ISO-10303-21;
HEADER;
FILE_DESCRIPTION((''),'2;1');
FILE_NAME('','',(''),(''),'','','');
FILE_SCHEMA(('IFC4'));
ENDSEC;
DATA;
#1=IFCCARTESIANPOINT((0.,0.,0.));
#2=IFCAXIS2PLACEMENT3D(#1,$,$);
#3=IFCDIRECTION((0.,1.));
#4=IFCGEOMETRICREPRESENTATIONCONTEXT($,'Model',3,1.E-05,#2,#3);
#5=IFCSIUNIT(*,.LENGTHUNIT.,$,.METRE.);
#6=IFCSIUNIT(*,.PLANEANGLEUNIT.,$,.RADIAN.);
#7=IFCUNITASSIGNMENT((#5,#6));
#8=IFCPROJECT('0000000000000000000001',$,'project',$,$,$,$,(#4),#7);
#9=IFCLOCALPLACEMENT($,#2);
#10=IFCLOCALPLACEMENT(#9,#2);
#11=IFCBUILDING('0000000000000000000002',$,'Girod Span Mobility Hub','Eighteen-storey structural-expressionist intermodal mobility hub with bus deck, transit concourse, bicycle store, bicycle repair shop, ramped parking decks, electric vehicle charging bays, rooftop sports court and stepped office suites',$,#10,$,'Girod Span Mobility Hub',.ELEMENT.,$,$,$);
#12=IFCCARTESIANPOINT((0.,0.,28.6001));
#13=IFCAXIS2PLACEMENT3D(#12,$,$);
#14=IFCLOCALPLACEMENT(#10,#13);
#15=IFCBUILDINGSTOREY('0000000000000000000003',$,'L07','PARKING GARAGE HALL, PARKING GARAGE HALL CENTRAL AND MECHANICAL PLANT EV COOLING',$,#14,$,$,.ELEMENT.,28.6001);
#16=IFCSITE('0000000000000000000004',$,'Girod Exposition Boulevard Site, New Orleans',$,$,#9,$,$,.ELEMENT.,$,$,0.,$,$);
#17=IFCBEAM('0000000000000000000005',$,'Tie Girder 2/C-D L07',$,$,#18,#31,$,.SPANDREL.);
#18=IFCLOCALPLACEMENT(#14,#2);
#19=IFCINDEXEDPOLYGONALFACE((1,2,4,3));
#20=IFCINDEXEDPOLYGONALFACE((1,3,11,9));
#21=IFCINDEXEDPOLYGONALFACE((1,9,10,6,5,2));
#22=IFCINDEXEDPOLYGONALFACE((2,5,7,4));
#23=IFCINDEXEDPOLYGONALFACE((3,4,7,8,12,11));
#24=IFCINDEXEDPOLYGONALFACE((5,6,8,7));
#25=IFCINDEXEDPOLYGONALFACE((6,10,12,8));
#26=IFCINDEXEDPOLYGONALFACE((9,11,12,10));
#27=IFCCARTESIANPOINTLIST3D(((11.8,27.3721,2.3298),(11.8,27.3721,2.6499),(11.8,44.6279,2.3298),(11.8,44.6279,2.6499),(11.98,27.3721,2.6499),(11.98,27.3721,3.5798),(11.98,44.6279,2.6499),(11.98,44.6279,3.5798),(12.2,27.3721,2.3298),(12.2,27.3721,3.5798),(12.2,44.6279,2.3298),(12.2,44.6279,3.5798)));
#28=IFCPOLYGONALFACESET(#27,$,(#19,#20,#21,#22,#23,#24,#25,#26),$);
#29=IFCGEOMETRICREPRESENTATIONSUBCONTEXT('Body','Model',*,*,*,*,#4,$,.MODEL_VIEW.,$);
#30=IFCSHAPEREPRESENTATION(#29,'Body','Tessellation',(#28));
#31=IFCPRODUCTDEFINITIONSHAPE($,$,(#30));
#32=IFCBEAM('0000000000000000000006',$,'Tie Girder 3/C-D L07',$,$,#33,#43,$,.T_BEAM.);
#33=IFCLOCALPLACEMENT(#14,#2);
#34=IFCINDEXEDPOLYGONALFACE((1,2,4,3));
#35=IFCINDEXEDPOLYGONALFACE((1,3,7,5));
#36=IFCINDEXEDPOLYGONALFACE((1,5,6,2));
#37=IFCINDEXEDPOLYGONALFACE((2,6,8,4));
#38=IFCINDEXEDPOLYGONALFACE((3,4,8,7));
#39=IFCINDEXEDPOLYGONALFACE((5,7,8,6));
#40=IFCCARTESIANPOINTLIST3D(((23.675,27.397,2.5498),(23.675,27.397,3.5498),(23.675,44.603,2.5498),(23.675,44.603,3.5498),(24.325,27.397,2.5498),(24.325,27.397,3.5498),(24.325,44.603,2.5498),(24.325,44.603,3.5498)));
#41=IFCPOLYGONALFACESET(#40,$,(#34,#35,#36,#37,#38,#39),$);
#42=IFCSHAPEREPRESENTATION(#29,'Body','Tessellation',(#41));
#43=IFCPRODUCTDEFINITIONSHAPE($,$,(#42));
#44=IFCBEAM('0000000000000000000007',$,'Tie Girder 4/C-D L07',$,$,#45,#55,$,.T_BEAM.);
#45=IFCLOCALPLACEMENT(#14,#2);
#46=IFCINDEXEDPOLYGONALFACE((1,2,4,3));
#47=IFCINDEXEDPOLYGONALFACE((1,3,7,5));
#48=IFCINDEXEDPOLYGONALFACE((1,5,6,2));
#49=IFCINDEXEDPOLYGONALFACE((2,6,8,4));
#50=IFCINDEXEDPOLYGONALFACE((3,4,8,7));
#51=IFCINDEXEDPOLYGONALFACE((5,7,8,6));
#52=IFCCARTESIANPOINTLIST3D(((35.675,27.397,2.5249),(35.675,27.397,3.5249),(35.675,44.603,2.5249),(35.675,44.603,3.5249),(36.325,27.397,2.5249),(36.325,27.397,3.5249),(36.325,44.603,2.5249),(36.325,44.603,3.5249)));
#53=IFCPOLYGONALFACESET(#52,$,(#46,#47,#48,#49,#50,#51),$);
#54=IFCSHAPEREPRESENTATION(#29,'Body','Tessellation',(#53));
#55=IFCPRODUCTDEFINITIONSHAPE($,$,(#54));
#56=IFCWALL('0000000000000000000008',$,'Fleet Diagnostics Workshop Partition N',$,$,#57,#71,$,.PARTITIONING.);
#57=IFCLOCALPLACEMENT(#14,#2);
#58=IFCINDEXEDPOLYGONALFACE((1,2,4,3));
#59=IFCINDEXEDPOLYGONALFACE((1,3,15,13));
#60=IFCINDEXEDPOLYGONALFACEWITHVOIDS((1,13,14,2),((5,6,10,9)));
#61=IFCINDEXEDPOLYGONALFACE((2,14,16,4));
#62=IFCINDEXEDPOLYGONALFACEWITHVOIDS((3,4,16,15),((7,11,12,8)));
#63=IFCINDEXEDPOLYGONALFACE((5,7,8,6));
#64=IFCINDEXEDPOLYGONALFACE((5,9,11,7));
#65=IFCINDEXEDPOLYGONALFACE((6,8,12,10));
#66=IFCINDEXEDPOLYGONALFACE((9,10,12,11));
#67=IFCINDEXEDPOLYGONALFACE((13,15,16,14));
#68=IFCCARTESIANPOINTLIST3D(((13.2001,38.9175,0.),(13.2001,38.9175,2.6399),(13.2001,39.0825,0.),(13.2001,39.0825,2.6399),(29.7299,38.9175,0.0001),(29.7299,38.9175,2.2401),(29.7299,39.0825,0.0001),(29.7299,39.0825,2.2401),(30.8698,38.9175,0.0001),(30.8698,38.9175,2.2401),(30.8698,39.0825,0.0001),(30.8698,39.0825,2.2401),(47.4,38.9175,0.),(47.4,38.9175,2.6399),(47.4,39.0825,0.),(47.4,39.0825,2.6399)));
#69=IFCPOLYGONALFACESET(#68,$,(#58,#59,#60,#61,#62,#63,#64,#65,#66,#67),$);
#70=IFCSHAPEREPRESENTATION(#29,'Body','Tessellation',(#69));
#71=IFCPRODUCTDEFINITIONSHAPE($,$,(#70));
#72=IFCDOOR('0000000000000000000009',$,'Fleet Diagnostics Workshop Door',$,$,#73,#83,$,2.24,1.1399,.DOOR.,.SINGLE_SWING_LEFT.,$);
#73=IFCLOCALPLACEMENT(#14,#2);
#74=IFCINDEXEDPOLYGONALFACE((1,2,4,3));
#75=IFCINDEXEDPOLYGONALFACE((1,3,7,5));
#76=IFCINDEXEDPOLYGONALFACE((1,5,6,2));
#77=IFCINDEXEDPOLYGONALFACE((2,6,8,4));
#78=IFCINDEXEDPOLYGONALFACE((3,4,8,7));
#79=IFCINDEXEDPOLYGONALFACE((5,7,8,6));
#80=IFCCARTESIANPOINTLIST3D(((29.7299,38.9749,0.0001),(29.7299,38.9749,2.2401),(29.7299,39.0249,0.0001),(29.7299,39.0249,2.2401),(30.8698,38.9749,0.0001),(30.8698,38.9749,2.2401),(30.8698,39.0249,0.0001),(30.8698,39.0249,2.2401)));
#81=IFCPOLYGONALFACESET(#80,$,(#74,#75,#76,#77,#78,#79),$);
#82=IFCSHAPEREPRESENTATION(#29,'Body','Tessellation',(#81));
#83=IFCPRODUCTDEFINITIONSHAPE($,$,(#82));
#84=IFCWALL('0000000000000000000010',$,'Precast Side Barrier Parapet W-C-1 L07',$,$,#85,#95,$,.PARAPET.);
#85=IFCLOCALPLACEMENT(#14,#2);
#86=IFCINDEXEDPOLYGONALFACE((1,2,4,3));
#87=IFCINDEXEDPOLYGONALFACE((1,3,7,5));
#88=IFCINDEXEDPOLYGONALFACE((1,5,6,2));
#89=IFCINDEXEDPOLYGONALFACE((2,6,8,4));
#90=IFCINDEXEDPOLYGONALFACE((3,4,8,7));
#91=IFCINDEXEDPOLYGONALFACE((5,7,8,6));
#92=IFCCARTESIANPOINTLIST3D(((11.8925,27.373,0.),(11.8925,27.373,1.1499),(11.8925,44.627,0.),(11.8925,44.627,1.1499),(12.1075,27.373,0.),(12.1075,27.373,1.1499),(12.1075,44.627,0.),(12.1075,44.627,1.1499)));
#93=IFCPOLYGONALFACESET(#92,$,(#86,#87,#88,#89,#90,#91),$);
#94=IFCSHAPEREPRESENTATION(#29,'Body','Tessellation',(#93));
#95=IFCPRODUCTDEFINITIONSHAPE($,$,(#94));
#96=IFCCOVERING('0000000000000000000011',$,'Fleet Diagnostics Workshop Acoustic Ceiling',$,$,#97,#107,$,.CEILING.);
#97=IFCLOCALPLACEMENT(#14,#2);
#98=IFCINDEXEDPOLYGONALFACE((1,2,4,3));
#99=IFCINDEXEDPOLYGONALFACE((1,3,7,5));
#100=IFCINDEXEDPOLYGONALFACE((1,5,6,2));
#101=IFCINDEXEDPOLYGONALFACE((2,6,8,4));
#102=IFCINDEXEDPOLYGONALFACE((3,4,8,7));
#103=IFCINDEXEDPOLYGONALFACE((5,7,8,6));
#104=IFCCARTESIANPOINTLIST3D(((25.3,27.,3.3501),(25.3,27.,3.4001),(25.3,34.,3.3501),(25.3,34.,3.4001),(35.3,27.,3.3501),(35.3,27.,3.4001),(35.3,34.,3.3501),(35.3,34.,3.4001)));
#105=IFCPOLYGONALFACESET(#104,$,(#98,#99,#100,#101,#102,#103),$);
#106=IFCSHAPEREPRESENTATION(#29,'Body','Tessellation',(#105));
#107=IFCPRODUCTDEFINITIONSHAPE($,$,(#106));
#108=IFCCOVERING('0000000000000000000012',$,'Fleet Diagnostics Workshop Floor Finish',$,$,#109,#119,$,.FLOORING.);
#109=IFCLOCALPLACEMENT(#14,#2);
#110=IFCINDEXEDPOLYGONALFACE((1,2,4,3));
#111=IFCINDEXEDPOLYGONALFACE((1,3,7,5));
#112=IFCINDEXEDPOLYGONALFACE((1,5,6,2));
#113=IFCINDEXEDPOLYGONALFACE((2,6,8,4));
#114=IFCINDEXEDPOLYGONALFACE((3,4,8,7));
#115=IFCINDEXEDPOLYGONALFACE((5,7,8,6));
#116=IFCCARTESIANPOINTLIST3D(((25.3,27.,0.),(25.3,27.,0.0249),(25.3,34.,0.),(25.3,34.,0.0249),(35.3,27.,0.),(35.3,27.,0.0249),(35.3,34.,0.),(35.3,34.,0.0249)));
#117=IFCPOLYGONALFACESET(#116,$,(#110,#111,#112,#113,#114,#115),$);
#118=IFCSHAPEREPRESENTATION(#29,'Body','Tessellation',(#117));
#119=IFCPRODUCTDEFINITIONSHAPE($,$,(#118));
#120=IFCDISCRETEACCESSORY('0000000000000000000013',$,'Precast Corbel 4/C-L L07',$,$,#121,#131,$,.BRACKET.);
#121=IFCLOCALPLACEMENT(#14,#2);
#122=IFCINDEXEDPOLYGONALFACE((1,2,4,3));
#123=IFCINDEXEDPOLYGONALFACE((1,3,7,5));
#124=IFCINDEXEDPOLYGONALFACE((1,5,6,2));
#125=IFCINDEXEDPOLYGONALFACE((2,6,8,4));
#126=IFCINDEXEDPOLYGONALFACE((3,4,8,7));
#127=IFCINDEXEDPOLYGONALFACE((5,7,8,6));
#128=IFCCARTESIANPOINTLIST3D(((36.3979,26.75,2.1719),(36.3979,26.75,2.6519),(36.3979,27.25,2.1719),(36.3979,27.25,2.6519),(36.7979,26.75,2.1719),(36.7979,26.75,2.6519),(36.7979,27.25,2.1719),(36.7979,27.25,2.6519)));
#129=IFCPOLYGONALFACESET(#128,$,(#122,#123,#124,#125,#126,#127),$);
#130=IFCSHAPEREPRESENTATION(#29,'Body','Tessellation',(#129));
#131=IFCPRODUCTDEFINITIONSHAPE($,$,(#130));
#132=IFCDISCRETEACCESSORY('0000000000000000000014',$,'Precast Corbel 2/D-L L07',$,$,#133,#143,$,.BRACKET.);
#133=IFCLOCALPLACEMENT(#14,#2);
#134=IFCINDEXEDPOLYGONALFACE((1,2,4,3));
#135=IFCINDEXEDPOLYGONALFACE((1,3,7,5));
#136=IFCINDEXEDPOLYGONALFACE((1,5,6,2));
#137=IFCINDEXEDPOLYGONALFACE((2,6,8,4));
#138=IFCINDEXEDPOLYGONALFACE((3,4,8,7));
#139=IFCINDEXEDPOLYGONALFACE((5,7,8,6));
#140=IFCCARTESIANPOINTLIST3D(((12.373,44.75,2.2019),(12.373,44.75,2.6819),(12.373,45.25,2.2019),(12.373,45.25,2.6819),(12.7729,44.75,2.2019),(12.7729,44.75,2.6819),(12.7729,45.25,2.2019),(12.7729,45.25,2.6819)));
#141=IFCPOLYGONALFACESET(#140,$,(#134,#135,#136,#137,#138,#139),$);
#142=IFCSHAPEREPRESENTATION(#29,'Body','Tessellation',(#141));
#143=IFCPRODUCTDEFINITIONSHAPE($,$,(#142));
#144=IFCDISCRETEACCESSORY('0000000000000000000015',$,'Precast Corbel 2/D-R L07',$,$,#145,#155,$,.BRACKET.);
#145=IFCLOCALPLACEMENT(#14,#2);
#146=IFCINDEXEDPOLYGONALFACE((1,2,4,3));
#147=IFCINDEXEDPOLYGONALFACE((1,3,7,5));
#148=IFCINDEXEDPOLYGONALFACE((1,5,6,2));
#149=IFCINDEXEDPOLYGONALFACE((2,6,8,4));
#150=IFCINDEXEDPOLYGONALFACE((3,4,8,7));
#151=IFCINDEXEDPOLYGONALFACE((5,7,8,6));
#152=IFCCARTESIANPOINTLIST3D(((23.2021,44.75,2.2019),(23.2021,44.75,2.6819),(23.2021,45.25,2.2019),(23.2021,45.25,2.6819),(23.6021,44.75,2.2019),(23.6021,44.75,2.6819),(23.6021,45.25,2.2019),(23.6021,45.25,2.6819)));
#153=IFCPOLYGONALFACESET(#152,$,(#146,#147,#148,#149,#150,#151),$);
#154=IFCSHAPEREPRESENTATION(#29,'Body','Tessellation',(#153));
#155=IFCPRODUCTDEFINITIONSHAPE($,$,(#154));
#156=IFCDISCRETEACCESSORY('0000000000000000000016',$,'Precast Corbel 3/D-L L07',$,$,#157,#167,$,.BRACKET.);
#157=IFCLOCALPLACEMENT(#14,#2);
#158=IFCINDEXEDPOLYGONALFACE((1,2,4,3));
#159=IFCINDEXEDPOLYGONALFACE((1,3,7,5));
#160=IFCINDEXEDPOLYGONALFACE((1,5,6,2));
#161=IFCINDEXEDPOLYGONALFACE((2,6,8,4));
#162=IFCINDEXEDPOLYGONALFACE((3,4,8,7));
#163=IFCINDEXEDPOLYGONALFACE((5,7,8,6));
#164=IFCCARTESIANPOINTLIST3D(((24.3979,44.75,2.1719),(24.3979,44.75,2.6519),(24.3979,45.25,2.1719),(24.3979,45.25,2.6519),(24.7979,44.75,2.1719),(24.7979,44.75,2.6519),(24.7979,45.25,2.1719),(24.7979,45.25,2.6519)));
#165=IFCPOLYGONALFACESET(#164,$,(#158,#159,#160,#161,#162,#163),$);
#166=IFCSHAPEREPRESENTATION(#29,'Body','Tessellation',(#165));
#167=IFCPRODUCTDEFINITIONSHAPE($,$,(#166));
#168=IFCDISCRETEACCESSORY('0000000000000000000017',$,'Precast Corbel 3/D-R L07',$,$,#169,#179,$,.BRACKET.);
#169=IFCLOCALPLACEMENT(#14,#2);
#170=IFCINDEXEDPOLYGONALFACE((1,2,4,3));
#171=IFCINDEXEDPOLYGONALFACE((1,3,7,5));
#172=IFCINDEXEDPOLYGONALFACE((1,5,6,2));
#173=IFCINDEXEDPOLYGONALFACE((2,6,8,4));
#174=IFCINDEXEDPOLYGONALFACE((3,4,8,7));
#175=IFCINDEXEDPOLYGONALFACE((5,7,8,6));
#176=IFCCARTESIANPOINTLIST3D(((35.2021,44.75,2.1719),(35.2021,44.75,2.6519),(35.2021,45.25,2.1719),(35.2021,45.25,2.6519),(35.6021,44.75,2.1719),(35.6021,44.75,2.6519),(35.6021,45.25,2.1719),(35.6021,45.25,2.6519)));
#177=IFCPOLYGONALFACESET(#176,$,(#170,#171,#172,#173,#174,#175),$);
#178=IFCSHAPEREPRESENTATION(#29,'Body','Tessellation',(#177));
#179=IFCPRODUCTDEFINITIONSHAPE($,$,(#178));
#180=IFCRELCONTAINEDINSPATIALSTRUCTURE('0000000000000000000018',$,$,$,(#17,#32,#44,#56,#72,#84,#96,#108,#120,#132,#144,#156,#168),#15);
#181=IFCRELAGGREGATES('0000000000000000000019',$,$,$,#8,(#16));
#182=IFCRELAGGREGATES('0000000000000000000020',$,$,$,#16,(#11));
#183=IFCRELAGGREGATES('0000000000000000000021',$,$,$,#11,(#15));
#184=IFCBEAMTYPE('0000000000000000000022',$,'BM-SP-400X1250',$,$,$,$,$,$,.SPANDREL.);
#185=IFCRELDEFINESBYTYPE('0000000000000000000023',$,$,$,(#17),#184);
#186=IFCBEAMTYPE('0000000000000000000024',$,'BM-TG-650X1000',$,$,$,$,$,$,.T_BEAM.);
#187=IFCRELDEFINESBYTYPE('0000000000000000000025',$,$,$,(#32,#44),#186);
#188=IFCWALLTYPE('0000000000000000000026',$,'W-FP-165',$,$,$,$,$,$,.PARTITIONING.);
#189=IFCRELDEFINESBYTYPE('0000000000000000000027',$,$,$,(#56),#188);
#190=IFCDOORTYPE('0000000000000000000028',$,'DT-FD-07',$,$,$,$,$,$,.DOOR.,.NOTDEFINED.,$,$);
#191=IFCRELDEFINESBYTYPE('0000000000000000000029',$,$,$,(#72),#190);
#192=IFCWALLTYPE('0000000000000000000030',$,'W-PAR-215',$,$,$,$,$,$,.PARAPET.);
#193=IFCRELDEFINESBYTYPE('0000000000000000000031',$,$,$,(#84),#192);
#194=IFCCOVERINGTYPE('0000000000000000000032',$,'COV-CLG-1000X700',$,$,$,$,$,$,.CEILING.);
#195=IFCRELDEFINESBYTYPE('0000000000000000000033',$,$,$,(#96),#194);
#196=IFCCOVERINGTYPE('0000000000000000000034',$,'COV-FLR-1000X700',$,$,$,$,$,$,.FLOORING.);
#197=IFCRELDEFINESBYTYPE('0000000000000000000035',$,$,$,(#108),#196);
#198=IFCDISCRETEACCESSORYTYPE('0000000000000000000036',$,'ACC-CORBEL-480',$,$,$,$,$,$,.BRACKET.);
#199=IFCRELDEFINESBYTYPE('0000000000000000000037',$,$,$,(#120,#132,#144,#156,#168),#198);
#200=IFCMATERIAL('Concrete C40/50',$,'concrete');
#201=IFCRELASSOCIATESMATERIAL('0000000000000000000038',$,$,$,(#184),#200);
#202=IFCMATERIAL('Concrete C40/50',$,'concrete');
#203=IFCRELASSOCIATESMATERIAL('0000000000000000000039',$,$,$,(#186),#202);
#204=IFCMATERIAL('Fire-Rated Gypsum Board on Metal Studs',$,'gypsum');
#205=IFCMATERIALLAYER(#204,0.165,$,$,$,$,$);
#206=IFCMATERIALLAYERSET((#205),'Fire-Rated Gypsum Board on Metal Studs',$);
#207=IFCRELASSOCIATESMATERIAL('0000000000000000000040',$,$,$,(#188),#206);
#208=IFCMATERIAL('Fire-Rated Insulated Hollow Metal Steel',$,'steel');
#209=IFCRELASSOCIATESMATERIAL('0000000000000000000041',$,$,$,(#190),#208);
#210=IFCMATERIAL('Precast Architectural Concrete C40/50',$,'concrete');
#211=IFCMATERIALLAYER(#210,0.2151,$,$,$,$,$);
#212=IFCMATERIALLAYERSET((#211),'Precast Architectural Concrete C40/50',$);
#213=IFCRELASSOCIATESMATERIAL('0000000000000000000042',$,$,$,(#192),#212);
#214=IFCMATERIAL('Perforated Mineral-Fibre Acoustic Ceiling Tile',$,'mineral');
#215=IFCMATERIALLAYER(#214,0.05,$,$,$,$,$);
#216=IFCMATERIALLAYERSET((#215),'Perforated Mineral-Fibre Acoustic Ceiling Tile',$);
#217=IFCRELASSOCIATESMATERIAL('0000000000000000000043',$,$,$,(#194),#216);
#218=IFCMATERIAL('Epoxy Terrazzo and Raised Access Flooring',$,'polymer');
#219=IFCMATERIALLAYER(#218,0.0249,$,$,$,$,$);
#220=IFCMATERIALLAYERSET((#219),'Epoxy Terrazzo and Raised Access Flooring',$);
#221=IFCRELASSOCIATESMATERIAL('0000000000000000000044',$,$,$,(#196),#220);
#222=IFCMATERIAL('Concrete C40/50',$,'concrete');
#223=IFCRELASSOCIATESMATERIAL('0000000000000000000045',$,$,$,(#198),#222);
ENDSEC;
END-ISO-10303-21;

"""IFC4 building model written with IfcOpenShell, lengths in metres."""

from ifc_helpers import new_model, si_unit, direction, frame, frame_2d, origin, origin_2d, place, context, subcontext, project, spatial, polyline, rectangle, outline, extrude, material, layer, layer_set, material_profile, profile_set, type_object, element, fill, save


model = new_model("IFC4")

# Units and contexts
model_context = context("Model", 3, precision=1e-05, world=origin(), true_north=direction((0.0, 1.0)))
body_context = subcontext(model_context, "Body", "Model", "MODEL_VIEW")
ifc_project = project(units=[si_unit("LENGTHUNIT", "METRE"), si_unit("PLANEANGLEUNIT", "RADIAN")], contexts=[model_context])

# Site, building, storey
site_placement = place(None, origin())
site = spatial("IfcSite", under=ifc_project, at=site_placement, Name="Girod Exposition Boulevard Site, New Orleans", CompositionType="ELEMENT", RefElevation=0.0)
building_placement = place(site_placement, origin())
building = spatial("IfcBuilding", under=site, at=building_placement, Name="Girod Span Mobility Hub", Description="Eighteen-storey structural-expressionist intermodal mobility hub with bus deck, transit concourse, bicycle store, bicycle repair shop, ramped parking decks, electric vehicle charging bays, rooftop sports court and stepped office suites", LongName="Girod Span Mobility Hub", CompositionType="ELEMENT")
storey_placement = place(building_placement, frame((0.0, 0.0, 28.6001)))
storey = spatial("IfcBuildingStorey", under=building, at=storey_placement, Name="L07", Description="PARKING GARAGE HALL, PARKING GARAGE HALL CENTRAL AND MECHANICAL PLANT EV COOLING", CompositionType="ELEMENT", Elevation=28.6001)

# Beams
ifc_material_1 = material(Name="Concrete C40/50", Category="concrete")
ifc_material_profile_1 = material_profile(ifc_material_1, outline(polyline([(-0.2, -0.625), (0.2, -0.625), (0.2, -0.3049), (0.02, -0.3049), (0.02, 0.625), (-0.2, 0.625), (-0.2, -0.625)])), Name="SP-400X1250")
ifc_profile_set_1 = profile_set([ifc_material_profile_1], Name="Concrete C40/50")
beam_type_1 = type_object("IfcBeamType", Name="BM-SP-400X1250", PredefinedType="SPANDREL", material=ifc_profile_set_1)
beam_1_placement = place(storey_placement, frame((12.0, 27.3721, 2.9548), z_axis=(0.0, 1.0, 0.0), x_axis=(-1.0, 0.0, 0.0)))
element("IfcBeam", 1, at=beam_1_placement, inside=storey, type_object=beam_type_1, Name="Tie Girder 2/C-D L07", PredefinedType="SPANDREL", context=body_context, shape_type="SweptSolid", body=[
    extrude(outline(polyline([(-0.2, -0.625), (0.2, -0.625), (0.2, -0.3049), (0.02, -0.3049), (0.02, 0.625), (-0.2, 0.625), (-0.2, -0.625)])), origin(), (0.0, 0.0, 1.0), 17.2559),
])
ifc_material_2 = material(Name="Concrete C40/50", Category="concrete")
ifc_material_profile_2 = material_profile(ifc_material_2, rectangle(XDim=0.6499, YDim=1.0, at=origin_2d()), Name="TG-650X1000")
ifc_profile_set_2 = profile_set([ifc_material_profile_2], Name="Concrete C40/50")
beam_type_2 = type_object("IfcBeamType", Name="BM-TG-650X1000", PredefinedType="T_BEAM", material=ifc_profile_set_2)
for number, where, z_axis, x_axis, name in (
    (2, (24.0, 27.397, 3.0498), (0.0, 1.0, 0.0), (-1.0, 0.0, 0.0), "Tie Girder 3/C-D L07"),
    (3, (36.0, 27.397, 3.0249), (0.0, 1.0, 0.0), (-1.0, 0.0, 0.0), "Tie Girder 4/C-D L07"),
):
    element("IfcBeam", number, at=place(storey_placement, frame(where, z_axis=z_axis, x_axis=x_axis)), inside=storey, type_object=beam_type_2, Name=name, PredefinedType="T_BEAM", context=body_context, shape_type="SweptSolid", body=[
        extrude(rectangle(XDim=0.6499, YDim=1.0, at=origin_2d()), origin(), (0.0, 0.0, 1.0), 17.2061),
    ])

# Wall, opening, door
ifc_material_3 = material(Name="Fire-Rated Gypsum Board on Metal Studs", Category="gypsum")
ifc_layer_1 = layer(ifc_material_3, 0.165)
ifc_layer_set_1 = layer_set([ifc_layer_1], Name="Fire-Rated Gypsum Board on Metal Studs")
wall_type_1 = type_object("IfcWallType", Name="W-FP-165", PredefinedType="PARTITIONING", material=ifc_layer_set_1)
wall_1_placement = place(storey_placement, frame((13.2, 39.0, 0.0), z_axis=(0.0, 0.0, 1.0), x_axis=(1.0, 0.0, 0.0)))
wall_1 = element("IfcWall", 4, at=wall_1_placement, inside=storey, type_object=wall_type_1, Name="Fleet Diagnostics Workshop Partition N", PredefinedType="PARTITIONING", context=body_context, shape_type="SweptSolid", body=[
    extrude(rectangle(XDim=34.2, YDim=0.165, at=frame_2d((17.1001, 0.0))), origin(), (0.0, 0.0, 1.0), 2.6399),
])
opening_placement = place(wall_1_placement, frame((16.53, 0.0, 0.0)))
opening = element("IfcOpeningElement", 5, at=opening_placement, cuts=wall_1, PredefinedType="OPENING", context=body_context, shape_type="SweptSolid", body=[
    extrude(rectangle(XDim=1.1399, YDim=2.24, at=frame_2d((0.5698, 1.1201))), frame((0.0, 0.0974, 0.0), z_axis=(0.0, -1.0, 0.0), x_axis=(1.0, 0.0, 0.0)), (0.0, 0.0, 1.0), 0.1951),
])
ifc_material_4 = material(Name="Fire-Rated Insulated Hollow Metal Steel", Category="steel")
door_type = type_object("IfcDoorType", Name="DT-FD-07", OperationType="NOTDEFINED", PredefinedType="DOOR", material=ifc_material_4)
door_placement = place(opening_placement, origin())
door = element("IfcDoor", 6, at=door_placement, inside=storey, type_object=door_type, Name="Fleet Diagnostics Workshop Door", OperationType="SINGLE_SWING_LEFT", OverallHeight=2.24, OverallWidth=1.1399, PredefinedType="DOOR", context=body_context, shape_type="SweptSolid", body=[
    extrude(rectangle(XDim=1.1399, YDim=2.24, at=frame_2d((0.5698, 1.1201))), frame((0.0, 0.0249, 0.0), z_axis=(0.0, -1.0, 0.0), x_axis=(1.0, 0.0, 0.0)), (0.0, 0.0, 1.0), 0.05),
])
fill(opening, door)

# Wall
ifc_material_5 = material(Name="Precast Architectural Concrete C40/50", Category="concrete")
ifc_layer_2 = layer(ifc_material_5, 0.2151)
ifc_layer_set_2 = layer_set([ifc_layer_2], Name="Precast Architectural Concrete C40/50")
wall_type_2 = type_object("IfcWallType", Name="W-PAR-215", PredefinedType="PARAPET", material=ifc_layer_set_2)
wall_2_placement = place(storey_placement, frame((12.0, 27.373, 0.0), z_axis=(0.0, 0.0, 1.0), x_axis=(0.0, 1.0, 0.0)))
element("IfcWall", 7, at=wall_2_placement, inside=storey, type_object=wall_type_2, Name="Precast Side Barrier Parapet W-C-1 L07", PredefinedType="PARAPET", context=body_context, shape_type="SweptSolid", body=[
    extrude(rectangle(XDim=17.2539, YDim=0.2151, at=frame_2d((8.627, 0.0))), origin(), (0.0, 0.0, 1.0), 1.1499),
])

# Coverings
ifc_material_6 = material(Name="Perforated Mineral-Fibre Acoustic Ceiling Tile", Category="mineral")
ifc_layer_3 = layer(ifc_material_6, 0.05)
ifc_layer_set_3 = layer_set([ifc_layer_3], Name="Perforated Mineral-Fibre Acoustic Ceiling Tile")
covering_type_1 = type_object("IfcCoveringType", Name="COV-CLG-1000X700", PredefinedType="CEILING", material=ifc_layer_set_3)
covering_1_placement = place(storey_placement, frame((30.3, 30.5, 3.3501), z_axis=(0.0, 0.0, 1.0), x_axis=(1.0, 0.0, 0.0)))
element("IfcCovering", 8, at=covering_1_placement, inside=storey, type_object=covering_type_1, Name="Fleet Diagnostics Workshop Acoustic Ceiling", PredefinedType="CEILING", context=body_context, shape_type="SweptSolid", body=[
    extrude(rectangle(XDim=10.0, YDim=7.0, at=origin_2d()), origin(), (0.0, 0.0, 1.0), 0.05),
])
ifc_material_7 = material(Name="Epoxy Terrazzo and Raised Access Flooring", Category="polymer")
ifc_layer_4 = layer(ifc_material_7, 0.0249)
ifc_layer_set_4 = layer_set([ifc_layer_4], Name="Epoxy Terrazzo and Raised Access Flooring")
covering_type_2 = type_object("IfcCoveringType", Name="COV-FLR-1000X700", PredefinedType="FLOORING", material=ifc_layer_set_4)
covering_2_placement = place(storey_placement, frame((30.3, 30.5, 0.0), z_axis=(0.0, 0.0, 1.0), x_axis=(1.0, 0.0, 0.0)))
element("IfcCovering", 9, at=covering_2_placement, inside=storey, type_object=covering_type_2, Name="Fleet Diagnostics Workshop Floor Finish", PredefinedType="FLOORING", context=body_context, shape_type="SweptSolid", body=[
    extrude(rectangle(XDim=10.0, YDim=7.0, at=origin_2d()), origin(), (0.0, 0.0, 1.0), 0.0249),
])

# Discrete accessories
ifc_material_8 = material(Name="Concrete C40/50", Category="concrete")
discrete_accessory_type = type_object("IfcDiscreteAccessoryType", Name="ACC-CORBEL-480", PredefinedType="BRACKET", material=ifc_material_8)
for number, where, z_axis, x_axis, name in (
    (10, (36.5979, 27.0, 2.1719), (0.0, 0.0, 1.0), (1.0, 0.0, 0.0), "Precast Corbel 4/C-L L07"),
    (11, (12.573, 45.0, 2.2019), (0.0, 0.0, 1.0), (1.0, 0.0, 0.0), "Precast Corbel 2/D-L L07"),
    (12, (23.4021, 45.0, 2.2019), (0.0, 0.0, 1.0), (1.0, 0.0, 0.0), "Precast Corbel 2/D-R L07"),
    (13, (24.5979, 45.0, 2.1719), (0.0, 0.0, 1.0), (1.0, 0.0, 0.0), "Precast Corbel 3/D-L L07"),
    (14, (35.4021, 45.0, 2.1719), (0.0, 0.0, 1.0), (1.0, 0.0, 0.0), "Precast Corbel 3/D-R L07"),
):
    element("IfcDiscreteAccessory", number, at=place(storey_placement, frame(where, z_axis=z_axis, x_axis=x_axis)), inside=storey, type_object=discrete_accessory_type, Name=name, PredefinedType="BRACKET", context=body_context, shape_type="SweptSolid", body=[
        extrude(rectangle(XDim=0.3999, YDim=0.5, at=origin_2d()), origin(), (0.0, 0.0, 1.0), 0.48),
    ])

save(model, "model.ifc")
